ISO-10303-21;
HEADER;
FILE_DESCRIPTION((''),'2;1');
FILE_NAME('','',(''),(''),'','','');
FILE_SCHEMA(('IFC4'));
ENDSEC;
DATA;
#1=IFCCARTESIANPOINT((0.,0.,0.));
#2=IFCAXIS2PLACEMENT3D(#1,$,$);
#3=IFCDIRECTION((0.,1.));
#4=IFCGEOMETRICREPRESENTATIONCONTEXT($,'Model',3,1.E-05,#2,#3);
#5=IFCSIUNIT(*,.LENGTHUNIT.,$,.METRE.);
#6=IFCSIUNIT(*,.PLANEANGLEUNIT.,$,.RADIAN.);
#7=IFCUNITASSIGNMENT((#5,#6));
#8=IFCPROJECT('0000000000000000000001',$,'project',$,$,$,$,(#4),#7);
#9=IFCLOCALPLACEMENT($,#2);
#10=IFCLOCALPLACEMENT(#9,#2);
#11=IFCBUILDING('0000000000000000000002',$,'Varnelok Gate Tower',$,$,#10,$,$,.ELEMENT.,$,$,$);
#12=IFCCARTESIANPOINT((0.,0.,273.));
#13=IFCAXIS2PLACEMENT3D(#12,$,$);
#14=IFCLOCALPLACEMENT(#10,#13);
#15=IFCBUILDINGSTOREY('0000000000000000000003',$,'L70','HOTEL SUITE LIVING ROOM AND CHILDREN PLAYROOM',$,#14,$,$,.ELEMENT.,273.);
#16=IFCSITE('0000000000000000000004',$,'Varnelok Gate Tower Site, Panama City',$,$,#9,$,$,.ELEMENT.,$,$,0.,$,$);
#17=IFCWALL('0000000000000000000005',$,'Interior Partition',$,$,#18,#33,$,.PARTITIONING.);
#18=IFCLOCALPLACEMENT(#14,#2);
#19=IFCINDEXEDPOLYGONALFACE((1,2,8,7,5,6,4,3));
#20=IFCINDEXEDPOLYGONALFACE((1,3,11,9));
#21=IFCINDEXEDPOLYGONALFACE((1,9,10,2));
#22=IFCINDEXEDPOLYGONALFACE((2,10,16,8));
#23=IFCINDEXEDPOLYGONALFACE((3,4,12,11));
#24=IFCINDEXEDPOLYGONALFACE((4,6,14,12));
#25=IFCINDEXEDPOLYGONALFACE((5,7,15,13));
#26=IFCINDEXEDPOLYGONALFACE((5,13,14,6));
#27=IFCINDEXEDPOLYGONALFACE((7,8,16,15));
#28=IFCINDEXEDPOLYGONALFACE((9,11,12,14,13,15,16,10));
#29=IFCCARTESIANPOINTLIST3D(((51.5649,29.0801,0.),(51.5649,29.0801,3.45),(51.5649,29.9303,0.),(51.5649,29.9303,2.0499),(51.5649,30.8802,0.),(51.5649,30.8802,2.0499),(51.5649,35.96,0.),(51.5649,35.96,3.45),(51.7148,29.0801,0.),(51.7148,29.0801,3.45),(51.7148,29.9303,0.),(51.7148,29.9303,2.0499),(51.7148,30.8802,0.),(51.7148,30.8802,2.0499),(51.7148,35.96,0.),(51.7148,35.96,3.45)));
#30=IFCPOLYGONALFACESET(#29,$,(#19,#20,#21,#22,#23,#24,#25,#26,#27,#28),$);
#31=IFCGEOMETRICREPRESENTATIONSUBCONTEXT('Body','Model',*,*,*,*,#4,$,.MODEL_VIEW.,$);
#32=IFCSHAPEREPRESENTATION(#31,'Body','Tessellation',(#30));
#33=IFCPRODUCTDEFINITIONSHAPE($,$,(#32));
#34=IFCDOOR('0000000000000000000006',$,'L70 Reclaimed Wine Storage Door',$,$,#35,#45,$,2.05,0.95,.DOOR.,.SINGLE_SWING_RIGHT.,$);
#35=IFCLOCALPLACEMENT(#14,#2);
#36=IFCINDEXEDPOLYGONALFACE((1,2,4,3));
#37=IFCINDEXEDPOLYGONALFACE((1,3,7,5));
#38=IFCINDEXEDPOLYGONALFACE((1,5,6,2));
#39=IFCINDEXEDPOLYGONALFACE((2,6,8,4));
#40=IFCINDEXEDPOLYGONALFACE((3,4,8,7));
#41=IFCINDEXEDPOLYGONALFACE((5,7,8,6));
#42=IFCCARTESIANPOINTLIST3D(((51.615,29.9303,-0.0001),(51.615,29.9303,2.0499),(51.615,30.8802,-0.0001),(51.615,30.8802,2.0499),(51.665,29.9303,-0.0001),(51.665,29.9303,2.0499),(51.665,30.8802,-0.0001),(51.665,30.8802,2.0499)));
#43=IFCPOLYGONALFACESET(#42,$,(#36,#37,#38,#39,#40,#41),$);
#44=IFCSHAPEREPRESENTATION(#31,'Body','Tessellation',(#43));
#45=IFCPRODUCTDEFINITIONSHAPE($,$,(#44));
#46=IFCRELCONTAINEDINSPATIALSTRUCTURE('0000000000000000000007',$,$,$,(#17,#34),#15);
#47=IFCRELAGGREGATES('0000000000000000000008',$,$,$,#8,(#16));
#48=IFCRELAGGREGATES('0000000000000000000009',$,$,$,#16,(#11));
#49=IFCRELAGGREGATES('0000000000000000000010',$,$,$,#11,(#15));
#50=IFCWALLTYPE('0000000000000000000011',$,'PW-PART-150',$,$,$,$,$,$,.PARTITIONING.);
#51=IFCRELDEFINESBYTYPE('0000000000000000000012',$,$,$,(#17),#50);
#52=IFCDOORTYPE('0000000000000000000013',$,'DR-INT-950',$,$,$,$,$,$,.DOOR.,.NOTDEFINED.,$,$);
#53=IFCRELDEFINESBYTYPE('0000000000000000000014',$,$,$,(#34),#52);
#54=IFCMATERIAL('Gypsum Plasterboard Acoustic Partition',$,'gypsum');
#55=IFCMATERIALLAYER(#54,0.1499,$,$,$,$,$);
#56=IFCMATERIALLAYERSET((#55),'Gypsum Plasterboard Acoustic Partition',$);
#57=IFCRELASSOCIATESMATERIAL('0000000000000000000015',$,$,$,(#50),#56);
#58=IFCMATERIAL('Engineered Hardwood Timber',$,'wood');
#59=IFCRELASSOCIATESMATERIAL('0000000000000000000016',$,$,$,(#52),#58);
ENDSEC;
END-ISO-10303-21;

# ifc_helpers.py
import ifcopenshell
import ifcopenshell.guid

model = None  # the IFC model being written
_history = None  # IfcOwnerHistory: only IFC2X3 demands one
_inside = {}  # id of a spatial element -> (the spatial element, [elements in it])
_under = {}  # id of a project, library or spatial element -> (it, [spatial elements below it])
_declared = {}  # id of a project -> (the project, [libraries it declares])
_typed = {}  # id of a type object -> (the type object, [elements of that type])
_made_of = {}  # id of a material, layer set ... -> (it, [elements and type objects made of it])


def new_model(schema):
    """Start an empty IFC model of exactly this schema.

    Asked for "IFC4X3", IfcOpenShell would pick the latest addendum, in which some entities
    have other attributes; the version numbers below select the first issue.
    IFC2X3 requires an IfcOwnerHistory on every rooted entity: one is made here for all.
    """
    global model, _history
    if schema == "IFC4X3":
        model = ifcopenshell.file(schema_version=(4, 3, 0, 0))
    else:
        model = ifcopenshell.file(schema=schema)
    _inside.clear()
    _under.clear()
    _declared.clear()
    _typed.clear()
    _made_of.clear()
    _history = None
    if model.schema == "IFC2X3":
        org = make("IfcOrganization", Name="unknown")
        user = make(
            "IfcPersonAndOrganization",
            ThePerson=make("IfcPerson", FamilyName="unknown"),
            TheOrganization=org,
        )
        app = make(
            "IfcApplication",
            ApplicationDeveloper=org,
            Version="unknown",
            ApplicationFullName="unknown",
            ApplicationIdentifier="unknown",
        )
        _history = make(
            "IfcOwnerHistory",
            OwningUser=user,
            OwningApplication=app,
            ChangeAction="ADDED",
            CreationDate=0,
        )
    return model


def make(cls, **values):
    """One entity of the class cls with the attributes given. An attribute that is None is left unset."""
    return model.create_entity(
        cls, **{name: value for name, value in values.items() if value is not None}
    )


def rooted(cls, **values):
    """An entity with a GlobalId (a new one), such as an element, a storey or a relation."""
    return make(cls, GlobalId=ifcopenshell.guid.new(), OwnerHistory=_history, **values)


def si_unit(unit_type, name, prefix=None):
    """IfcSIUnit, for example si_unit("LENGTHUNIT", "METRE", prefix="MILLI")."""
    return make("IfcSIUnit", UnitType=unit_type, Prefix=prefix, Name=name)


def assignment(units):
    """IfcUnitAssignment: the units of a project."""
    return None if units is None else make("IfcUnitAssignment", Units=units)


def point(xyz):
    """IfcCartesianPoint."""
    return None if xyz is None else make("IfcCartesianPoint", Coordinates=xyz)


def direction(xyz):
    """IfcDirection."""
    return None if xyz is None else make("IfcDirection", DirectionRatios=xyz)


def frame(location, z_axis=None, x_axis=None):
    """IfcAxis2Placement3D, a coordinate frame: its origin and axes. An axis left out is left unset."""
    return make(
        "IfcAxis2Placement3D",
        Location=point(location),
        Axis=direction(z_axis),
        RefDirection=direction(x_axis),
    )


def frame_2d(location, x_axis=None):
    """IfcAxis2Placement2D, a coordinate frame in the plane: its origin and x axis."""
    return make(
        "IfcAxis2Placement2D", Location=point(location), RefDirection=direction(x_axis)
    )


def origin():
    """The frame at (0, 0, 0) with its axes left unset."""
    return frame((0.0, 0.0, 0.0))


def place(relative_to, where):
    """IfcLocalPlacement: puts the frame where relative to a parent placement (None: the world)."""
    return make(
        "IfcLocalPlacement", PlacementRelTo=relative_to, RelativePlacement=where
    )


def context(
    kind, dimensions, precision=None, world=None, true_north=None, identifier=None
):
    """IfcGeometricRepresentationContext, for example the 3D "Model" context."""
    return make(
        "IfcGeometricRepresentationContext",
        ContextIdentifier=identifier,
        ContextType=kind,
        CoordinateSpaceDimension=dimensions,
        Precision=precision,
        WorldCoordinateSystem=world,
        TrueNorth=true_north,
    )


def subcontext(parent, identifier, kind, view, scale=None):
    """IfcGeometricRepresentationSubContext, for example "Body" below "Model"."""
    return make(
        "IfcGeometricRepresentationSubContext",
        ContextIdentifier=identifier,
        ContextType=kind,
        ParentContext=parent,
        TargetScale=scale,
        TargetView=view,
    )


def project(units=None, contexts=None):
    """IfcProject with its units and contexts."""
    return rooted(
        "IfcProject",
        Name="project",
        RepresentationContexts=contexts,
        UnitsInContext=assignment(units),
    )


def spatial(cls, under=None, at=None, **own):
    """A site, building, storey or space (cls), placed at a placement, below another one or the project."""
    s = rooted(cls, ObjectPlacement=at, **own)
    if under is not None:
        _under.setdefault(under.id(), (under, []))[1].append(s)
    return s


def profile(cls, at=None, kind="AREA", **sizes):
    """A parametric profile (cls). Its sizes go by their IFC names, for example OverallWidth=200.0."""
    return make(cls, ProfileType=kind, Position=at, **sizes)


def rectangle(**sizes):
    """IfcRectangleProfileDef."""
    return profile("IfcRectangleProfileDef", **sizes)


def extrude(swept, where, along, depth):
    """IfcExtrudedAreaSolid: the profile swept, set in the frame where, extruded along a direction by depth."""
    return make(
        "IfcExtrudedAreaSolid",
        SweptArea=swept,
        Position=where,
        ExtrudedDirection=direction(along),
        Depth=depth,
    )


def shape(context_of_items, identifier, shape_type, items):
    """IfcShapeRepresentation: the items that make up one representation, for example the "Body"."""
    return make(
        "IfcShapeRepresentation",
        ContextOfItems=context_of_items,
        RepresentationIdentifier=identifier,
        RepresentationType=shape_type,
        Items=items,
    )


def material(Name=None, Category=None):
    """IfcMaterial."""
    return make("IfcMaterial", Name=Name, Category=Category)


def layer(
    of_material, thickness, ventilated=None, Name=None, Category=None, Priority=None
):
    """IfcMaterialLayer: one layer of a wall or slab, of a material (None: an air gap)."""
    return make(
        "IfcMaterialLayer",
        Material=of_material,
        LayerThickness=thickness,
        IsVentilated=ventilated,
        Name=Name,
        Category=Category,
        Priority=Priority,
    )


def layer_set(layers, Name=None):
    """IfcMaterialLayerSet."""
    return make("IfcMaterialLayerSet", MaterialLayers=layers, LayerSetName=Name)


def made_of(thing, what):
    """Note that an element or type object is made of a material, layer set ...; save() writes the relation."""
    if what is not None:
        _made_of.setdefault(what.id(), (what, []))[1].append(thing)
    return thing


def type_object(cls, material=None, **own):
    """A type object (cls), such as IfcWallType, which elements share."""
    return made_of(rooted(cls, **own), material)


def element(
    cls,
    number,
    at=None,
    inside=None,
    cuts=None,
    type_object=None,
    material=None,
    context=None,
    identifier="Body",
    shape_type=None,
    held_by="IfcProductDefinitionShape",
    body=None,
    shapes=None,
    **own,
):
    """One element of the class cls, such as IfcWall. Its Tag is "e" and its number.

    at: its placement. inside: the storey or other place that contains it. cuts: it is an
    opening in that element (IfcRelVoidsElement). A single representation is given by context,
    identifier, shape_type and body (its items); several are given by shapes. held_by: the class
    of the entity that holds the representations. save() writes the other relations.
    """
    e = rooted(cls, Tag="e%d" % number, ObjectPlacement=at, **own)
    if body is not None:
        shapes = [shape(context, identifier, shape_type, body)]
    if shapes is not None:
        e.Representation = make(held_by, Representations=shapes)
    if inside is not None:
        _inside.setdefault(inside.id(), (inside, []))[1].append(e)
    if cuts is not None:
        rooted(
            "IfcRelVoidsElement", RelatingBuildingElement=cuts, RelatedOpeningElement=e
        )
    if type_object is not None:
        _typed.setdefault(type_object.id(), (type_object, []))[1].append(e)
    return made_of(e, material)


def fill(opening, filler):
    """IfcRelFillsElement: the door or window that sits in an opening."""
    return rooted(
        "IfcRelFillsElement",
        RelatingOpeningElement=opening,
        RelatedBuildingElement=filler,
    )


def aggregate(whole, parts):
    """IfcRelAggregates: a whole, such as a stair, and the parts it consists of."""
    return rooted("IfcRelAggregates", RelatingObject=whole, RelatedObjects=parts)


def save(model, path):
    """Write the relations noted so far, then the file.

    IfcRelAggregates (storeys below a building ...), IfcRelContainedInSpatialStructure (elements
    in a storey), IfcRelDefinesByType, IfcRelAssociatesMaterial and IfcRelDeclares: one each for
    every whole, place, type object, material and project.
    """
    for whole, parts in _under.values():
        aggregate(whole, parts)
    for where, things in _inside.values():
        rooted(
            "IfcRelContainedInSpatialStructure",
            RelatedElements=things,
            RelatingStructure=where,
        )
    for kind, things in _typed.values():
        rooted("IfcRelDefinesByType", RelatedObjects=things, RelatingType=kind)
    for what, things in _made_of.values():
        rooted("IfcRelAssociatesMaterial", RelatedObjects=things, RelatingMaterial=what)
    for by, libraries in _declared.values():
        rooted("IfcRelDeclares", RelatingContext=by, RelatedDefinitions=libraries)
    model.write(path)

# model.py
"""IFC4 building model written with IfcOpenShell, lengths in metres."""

from ifc_helpers import new_model, si_unit, direction, frame, frame_2d, origin, place, context, subcontext, project, spatial, rectangle, extrude, material, layer, layer_set, type_object, element, fill, save


model = new_model("IFC4")

# Units and contexts
model_context = context("Model", 3, precision=1e-05, world=origin(), true_north=direction((0.0, 1.0)))
body_context = subcontext(model_context, "Body", "Model", "MODEL_VIEW")
ifc_project = project(units=[si_unit("LENGTHUNIT", "METRE"), si_unit("PLANEANGLEUNIT", "RADIAN")], contexts=[model_context])

# Site, building, storey
site_placement = place(None, origin())
site = spatial("IfcSite", under=ifc_project, at=site_placement, Name="Varnelok Gate Tower Site, Panama City", CompositionType="ELEMENT", RefElevation=0.0)
building_placement = place(site_placement, origin())
building = spatial("IfcBuilding", under=site, at=building_placement, Name="Varnelok Gate Tower", CompositionType="ELEMENT")
storey_placement = place(building_placement, frame((0.0, 0.0, 273.0)))
storey = spatial("IfcBuildingStorey", under=building, at=storey_placement, Name="L70", Description="HOTEL SUITE LIVING ROOM AND CHILDREN PLAYROOM", CompositionType="ELEMENT", Elevation=273.0)

# Shared definitions
ifc_material_1 = material(Name="Gypsum Plasterboard Acoustic Partition", Category="gypsum")
ifc_material_2 = material(Name="Engineered Hardwood Timber", Category="wood")

# Wall, opening, door
ifc_layer_1 = layer(ifc_material_1, 0.1499)
ifc_layer_set_1 = layer_set([ifc_layer_1], Name="Gypsum Plasterboard Acoustic Partition")
wall_type_1 = type_object("IfcWallType", Name="PW-PART-150", PredefinedType="PARTITIONING", material=ifc_layer_set_1)
wall_1_placement = place(storey_placement, frame((51.6399, 29.0801, 0.0), z_axis=(0.0, 0.0, 1.0), x_axis=(0.0, 1.0, 0.0)))
wall_1 = element("IfcWall", 1, at=wall_1_placement, inside=storey, type_object=wall_type_1, Name="Interior Partition", PredefinedType="PARTITIONING", context=body_context, shape_type="SweptSolid", body=[
    extrude(rectangle(XDim=6.8799, YDim=0.1499, at=frame_2d((3.4399, 0.0))), origin(), (0.0, 0.0, 1.0), 3.45),
])
opening_1_placement = place(wall_1_placement, frame((0.8501, 0.0, 0.0)))
opening_1 = element("IfcOpeningElement", 2, at=opening_1_placement, cuts=wall_1, PredefinedType="OPENING", context=body_context, shape_type="SweptSolid", body=[
    extrude(rectangle(XDim=0.95, YDim=2.05, at=frame_2d((0.4751, 1.0249))), frame((0.0, 0.085, 0.0), z_axis=(0.0, -1.0, 0.0), x_axis=(1.0, 0.0, 0.0)), (0.0, 0.0, 1.0), 0.1699),
])
door_type_1 = type_object("IfcDoorType", Name="DR-INT-950", OperationType="NOTDEFINED", PredefinedType="DOOR", material=ifc_material_2)
door_1_placement = place(opening_1_placement, origin())
door_1 = element("IfcDoor", 3, at=door_1_placement, inside=storey, type_object=door_type_1, Name="L70 Reclaimed Wine Storage Door", OperationType="SINGLE_SWING_RIGHT", OverallHeight=2.05, OverallWidth=0.95, PredefinedType="DOOR", context=body_context, shape_type="SweptSolid", body=[
    extrude(rectangle(XDim=0.95, YDim=2.05, at=frame_2d((0.4751, 1.0249))), frame((0.0, 0.0249, 0.0), z_axis=(0.0, -1.0, 0.0), x_axis=(1.0, 0.0, 0.0)), (0.0, 0.0, 1.0), 0.05),
])
fill(opening_1, door_1)

save(model, "model.ifc")
